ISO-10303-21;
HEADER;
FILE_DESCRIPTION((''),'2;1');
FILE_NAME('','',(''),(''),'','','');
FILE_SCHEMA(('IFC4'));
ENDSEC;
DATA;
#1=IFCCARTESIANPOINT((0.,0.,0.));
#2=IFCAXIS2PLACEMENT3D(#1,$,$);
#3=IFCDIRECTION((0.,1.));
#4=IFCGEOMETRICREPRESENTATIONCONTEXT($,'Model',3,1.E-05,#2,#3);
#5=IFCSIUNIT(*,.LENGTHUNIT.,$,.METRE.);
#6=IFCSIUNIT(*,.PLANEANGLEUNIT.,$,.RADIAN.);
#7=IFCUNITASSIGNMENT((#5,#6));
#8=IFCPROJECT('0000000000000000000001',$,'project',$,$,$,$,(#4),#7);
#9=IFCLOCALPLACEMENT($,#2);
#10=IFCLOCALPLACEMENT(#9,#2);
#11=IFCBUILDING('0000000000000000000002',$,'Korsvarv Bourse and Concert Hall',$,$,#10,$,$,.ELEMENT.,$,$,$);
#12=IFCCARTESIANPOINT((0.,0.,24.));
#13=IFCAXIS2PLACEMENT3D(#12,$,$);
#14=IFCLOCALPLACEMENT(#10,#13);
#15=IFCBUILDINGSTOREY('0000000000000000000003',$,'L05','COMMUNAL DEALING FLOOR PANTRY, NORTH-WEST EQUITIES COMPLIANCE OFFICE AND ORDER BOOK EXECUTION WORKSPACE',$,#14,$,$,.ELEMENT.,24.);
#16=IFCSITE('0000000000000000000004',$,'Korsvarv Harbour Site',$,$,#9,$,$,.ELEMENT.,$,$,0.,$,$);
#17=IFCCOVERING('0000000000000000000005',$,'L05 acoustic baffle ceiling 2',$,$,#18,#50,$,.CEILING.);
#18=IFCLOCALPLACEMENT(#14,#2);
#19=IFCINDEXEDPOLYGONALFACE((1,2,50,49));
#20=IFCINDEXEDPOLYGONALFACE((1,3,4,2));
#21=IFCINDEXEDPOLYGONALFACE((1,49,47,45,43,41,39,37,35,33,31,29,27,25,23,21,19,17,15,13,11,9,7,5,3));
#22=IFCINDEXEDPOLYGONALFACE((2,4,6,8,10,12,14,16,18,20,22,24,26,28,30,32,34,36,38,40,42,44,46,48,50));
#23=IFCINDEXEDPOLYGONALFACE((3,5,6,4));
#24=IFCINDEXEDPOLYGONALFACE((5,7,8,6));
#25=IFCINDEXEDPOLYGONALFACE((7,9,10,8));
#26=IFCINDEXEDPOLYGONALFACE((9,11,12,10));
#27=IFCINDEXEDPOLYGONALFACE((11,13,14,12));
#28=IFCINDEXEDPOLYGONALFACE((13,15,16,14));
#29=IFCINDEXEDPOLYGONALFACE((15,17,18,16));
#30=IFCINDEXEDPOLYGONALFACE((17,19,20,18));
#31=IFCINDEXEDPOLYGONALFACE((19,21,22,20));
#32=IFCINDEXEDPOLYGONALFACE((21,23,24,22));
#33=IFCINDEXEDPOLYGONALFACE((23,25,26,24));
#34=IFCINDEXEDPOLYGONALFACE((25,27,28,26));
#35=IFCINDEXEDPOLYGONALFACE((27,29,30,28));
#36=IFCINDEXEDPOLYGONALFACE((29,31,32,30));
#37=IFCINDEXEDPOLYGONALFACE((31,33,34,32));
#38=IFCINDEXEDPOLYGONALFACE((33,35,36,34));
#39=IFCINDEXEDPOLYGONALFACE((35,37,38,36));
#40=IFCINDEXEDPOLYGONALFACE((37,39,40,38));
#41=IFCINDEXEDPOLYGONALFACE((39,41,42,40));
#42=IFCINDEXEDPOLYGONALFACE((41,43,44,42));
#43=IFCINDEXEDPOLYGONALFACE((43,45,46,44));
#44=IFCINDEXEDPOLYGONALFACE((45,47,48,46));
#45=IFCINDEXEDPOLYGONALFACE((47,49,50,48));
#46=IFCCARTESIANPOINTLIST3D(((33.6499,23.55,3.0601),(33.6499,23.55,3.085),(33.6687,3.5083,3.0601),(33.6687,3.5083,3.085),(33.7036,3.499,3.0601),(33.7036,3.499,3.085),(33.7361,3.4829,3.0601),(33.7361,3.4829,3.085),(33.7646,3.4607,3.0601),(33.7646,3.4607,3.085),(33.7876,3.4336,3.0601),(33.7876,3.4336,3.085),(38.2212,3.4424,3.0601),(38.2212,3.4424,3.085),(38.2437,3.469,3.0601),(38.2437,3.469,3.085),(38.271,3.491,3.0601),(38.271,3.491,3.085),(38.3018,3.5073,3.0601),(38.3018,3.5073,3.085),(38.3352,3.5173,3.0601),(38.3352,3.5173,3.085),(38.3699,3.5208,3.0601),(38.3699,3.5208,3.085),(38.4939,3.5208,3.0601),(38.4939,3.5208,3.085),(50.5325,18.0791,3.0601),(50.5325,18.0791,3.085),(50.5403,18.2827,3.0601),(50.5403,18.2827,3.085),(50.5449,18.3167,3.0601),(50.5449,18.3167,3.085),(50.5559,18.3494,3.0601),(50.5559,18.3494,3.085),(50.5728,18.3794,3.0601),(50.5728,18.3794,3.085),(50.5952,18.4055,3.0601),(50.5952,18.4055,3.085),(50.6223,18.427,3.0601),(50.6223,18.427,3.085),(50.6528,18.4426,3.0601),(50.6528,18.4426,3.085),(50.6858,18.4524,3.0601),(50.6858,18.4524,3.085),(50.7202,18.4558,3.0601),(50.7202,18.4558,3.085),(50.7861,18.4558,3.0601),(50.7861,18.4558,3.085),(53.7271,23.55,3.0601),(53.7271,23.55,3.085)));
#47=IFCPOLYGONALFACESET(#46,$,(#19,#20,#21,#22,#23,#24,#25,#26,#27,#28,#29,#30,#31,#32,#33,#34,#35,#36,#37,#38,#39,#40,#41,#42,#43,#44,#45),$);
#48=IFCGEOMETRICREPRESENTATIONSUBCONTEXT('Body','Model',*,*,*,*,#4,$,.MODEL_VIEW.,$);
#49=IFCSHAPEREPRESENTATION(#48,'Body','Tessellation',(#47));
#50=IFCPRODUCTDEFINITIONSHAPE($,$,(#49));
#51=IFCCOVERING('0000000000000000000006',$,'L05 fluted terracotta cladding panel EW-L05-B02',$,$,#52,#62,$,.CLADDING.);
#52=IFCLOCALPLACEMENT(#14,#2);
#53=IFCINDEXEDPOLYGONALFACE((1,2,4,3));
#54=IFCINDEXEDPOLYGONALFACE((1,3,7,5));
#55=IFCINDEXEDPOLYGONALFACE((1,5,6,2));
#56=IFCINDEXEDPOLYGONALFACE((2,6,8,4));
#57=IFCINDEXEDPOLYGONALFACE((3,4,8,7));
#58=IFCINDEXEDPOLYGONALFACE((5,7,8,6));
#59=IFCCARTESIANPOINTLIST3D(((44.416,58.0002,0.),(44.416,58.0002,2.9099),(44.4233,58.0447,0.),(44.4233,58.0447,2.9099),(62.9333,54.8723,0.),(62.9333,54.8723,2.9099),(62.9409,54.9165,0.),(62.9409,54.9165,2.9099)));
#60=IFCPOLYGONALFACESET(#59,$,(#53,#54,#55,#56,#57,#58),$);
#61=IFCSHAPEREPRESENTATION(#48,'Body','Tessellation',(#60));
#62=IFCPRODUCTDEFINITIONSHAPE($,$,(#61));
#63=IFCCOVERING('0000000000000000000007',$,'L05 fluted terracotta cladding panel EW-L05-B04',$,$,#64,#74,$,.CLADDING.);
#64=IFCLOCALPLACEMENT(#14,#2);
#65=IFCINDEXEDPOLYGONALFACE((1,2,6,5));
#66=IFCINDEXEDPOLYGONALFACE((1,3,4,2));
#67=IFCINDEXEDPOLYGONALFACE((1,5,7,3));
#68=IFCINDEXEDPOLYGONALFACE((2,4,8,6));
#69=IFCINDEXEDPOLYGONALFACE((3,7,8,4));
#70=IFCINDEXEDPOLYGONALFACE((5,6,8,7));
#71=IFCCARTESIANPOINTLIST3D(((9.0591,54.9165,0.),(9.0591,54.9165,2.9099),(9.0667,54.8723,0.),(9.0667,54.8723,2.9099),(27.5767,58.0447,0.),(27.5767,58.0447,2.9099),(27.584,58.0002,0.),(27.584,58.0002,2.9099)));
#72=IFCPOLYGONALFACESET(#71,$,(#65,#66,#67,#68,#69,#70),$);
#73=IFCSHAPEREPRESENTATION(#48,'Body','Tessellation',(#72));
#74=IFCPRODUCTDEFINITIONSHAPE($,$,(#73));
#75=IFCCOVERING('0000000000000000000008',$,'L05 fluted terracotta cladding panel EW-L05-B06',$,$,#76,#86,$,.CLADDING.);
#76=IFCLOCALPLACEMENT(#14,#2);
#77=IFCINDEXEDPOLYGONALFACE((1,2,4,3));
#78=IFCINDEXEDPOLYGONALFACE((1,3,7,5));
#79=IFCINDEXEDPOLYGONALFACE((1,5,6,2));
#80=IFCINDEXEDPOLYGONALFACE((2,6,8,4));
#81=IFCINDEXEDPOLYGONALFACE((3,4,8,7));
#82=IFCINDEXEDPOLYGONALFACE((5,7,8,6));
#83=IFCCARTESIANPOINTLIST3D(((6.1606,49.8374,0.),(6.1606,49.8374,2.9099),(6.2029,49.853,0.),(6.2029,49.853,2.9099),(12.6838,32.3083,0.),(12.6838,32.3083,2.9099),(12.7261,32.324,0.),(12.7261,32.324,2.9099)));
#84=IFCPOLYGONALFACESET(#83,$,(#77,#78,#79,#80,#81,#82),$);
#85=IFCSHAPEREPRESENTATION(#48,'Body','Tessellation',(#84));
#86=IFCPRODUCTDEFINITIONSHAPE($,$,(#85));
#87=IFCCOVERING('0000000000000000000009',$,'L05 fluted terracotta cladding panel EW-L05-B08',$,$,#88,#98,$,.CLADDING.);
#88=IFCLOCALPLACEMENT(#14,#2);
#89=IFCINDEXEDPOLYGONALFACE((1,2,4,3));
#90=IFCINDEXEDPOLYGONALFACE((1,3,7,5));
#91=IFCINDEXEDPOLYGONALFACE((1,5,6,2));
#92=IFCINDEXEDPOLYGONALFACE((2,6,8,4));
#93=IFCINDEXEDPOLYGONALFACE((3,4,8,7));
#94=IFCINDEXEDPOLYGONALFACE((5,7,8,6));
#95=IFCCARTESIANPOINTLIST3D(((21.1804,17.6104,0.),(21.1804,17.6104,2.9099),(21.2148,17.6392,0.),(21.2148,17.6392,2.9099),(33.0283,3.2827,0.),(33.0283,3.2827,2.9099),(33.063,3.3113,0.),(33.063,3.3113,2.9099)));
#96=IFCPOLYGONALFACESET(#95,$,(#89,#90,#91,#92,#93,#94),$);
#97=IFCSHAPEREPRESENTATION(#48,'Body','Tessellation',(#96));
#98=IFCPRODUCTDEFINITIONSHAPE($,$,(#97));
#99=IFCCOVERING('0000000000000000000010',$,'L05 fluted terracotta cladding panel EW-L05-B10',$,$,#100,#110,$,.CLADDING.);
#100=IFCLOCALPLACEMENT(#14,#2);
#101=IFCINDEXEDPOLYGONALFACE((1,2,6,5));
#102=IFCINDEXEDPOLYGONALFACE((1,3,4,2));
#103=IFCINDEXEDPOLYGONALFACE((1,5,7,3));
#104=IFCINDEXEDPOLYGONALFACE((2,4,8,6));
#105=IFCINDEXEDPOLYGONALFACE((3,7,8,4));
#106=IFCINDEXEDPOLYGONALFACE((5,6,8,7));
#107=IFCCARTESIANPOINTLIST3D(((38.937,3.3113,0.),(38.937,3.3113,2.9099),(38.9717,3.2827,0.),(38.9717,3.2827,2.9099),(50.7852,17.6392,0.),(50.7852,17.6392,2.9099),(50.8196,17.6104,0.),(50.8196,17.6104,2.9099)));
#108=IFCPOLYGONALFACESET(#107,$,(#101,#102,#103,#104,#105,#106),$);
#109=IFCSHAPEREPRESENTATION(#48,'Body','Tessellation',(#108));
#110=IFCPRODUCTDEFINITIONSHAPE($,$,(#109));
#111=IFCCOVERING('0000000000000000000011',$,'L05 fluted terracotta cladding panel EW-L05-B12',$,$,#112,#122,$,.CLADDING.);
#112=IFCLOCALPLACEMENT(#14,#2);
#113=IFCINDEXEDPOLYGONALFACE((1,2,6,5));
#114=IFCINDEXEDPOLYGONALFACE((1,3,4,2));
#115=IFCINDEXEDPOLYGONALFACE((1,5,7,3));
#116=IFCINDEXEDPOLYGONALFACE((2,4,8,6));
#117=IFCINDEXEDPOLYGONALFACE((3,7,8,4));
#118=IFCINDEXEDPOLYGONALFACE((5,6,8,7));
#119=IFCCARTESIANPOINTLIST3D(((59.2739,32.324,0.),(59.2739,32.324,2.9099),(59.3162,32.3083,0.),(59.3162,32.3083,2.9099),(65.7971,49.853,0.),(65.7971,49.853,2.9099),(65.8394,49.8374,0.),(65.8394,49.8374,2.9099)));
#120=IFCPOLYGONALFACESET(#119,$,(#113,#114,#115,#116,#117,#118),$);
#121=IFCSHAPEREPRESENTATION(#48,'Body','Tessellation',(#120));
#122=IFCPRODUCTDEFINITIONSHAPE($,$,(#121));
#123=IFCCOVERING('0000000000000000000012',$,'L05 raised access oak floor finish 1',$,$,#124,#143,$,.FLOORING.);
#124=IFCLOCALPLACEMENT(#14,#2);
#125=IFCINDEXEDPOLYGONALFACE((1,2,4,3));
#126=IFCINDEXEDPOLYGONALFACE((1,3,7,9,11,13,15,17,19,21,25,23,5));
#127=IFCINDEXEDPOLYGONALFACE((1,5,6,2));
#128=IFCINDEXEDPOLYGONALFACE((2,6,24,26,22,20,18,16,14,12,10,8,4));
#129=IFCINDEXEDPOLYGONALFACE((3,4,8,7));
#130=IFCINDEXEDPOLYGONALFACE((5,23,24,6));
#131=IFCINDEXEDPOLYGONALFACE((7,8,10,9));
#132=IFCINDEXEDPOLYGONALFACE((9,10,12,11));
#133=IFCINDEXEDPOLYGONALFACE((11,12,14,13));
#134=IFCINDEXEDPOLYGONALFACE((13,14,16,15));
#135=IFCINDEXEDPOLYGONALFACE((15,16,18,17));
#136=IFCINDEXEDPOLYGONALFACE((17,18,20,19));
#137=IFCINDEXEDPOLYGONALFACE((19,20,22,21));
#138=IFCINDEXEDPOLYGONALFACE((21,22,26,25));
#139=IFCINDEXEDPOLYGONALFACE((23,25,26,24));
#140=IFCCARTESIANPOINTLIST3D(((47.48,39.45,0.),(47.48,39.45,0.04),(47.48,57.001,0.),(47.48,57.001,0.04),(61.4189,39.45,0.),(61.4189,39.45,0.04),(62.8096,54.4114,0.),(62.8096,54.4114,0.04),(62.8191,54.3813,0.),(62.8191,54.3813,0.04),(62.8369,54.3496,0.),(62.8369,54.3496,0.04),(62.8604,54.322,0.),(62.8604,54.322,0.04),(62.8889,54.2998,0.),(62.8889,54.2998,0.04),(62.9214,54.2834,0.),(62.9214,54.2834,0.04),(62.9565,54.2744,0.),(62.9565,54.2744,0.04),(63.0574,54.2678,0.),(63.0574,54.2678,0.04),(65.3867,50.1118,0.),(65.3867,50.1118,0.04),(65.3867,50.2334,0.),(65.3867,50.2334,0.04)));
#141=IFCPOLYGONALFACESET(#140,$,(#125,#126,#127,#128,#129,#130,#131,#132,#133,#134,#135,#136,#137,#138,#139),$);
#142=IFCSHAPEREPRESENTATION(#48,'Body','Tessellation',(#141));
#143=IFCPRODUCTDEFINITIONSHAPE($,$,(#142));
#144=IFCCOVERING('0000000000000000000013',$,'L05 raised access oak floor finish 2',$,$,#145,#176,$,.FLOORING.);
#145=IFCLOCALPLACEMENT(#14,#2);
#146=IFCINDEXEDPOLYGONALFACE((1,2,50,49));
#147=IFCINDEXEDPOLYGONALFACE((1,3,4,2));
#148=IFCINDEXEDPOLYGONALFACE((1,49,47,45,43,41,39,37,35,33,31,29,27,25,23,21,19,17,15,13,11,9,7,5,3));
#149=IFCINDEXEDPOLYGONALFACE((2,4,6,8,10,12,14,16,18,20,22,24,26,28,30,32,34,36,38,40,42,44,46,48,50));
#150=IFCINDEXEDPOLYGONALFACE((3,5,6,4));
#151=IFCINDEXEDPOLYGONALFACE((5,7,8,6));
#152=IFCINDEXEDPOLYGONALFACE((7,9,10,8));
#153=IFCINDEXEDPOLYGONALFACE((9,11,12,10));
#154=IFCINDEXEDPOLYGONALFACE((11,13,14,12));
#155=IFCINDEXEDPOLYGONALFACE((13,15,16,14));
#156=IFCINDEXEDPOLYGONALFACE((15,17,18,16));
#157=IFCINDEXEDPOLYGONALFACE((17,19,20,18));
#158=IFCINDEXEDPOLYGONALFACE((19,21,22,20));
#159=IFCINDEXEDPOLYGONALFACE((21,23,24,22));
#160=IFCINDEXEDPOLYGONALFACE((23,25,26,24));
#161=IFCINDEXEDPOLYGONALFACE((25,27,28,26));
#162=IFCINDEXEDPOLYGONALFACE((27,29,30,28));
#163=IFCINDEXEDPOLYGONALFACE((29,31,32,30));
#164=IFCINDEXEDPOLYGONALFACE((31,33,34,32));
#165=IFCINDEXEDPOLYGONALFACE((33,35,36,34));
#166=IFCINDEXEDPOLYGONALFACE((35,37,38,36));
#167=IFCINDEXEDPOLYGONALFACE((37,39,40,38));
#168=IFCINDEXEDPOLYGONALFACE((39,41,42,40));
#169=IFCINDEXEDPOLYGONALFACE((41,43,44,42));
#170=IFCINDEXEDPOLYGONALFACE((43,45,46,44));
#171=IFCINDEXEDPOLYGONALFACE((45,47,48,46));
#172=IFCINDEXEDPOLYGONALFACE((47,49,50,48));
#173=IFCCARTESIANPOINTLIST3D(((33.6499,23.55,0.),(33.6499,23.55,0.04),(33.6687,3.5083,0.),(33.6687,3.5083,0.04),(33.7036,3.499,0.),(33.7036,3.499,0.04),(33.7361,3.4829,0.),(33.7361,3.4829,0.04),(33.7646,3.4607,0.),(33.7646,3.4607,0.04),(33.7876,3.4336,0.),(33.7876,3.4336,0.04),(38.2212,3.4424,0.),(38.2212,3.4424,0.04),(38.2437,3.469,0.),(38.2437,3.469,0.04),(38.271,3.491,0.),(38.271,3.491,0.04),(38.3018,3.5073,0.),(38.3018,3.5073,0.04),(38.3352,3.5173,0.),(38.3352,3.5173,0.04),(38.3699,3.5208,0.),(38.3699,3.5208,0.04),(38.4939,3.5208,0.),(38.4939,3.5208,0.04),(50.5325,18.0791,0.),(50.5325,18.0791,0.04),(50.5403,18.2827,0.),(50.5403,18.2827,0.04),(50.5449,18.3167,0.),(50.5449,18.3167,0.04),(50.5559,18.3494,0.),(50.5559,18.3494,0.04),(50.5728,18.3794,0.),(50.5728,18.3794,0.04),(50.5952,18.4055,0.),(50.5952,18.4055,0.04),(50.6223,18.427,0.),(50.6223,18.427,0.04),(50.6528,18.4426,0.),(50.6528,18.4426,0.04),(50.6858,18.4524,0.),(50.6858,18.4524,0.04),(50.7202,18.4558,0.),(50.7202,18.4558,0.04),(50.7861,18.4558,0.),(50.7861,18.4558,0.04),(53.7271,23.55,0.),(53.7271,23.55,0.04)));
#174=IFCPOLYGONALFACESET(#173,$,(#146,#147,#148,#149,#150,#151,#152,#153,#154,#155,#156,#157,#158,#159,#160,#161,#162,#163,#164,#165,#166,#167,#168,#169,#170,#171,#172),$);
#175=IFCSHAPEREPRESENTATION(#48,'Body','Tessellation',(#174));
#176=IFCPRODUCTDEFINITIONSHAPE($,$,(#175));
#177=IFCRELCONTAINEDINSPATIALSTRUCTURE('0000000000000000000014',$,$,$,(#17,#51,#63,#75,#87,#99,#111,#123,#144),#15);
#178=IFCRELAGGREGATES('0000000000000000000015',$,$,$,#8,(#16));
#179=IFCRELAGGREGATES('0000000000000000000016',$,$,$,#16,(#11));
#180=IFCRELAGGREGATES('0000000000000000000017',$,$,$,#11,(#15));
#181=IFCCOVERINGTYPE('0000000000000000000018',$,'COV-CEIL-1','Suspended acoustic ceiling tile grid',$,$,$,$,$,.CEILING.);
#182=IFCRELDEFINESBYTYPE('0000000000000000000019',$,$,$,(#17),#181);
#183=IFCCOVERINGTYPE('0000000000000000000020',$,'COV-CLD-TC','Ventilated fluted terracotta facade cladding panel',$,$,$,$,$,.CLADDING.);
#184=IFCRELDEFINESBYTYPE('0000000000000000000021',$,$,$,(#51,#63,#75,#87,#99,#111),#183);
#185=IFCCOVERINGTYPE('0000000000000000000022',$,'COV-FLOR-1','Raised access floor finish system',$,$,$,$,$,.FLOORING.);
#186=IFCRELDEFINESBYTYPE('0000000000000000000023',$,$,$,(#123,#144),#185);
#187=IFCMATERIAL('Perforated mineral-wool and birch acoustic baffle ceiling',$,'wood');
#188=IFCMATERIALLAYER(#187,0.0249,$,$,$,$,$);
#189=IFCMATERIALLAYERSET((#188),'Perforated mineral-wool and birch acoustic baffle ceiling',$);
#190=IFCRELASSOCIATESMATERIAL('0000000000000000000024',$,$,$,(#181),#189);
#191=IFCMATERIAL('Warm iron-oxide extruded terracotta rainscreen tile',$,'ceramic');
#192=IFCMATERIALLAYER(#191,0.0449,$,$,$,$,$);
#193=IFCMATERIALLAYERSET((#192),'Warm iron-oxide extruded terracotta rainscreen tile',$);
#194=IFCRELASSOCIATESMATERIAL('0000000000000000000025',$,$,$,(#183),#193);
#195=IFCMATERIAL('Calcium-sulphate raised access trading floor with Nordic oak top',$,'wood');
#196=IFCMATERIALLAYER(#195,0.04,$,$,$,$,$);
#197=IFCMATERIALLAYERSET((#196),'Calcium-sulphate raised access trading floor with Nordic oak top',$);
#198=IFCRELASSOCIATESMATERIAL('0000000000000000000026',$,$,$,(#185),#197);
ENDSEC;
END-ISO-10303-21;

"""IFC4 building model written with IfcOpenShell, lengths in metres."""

from ifc_helpers import new_model, si_unit, direction, frame, origin, place, context, subcontext, project, spatial, polyline, outline, extrude, material, layer, layer_set, type_object, element, save


model = new_model("IFC4")

# Units and contexts
model_context = context("Model", 3, precision=1e-05, world=origin(), true_north=direction((0.0, 1.0)))
body_context = subcontext(model_context, "Body", "Model", "MODEL_VIEW")
ifc_project = project(units=[si_unit("LENGTHUNIT", "METRE"), si_unit("PLANEANGLEUNIT", "RADIAN")], contexts=[model_context])

# Site, building, storey
site_placement = place(None, origin())
site = spatial("IfcSite", under=ifc_project, at=site_placement, Name="Korsvarv Harbour Site", CompositionType="ELEMENT", RefElevation=0.0)
building_placement = place(site_placement, origin())
building = spatial("IfcBuilding", under=site, at=building_placement, Name="Korsvarv Bourse and Concert Hall", CompositionType="ELEMENT")
storey_placement = place(building_placement, frame((0.0, 0.0, 24.0)))
storey = spatial("IfcBuildingStorey", under=building, at=storey_placement, Name="L05", Description="COMMUNAL DEALING FLOOR PANTRY, NORTH-WEST EQUITIES COMPLIANCE OFFICE AND ORDER BOOK EXECUTION WORKSPACE", CompositionType="ELEMENT", Elevation=24.0)

# Coverings
ifc_material_1 = material(Name="Perforated mineral-wool and birch acoustic baffle ceiling", Category="wood")
ifc_layer_1 = layer(ifc_material_1, 0.0249)
ifc_layer_set_1 = layer_set([ifc_layer_1], Name="Perforated mineral-wool and birch acoustic baffle ceiling")
covering_type_1 = type_object("IfcCoveringType", Name="COV-CEIL-1", Description="Suspended acoustic ceiling tile grid", PredefinedType="CEILING", material=ifc_layer_set_1)
covering_1_placement = place(storey_placement, frame((0.0, 0.0, 3.0601)))
element("IfcCovering", 1, at=covering_1_placement, inside=storey, type_object=covering_type_1, Name="L05 acoustic baffle ceiling 2", PredefinedType="CEILING", context=body_context, shape_type="SweptSolid", body=[
    extrude(outline(polyline([(53.7271, 23.55), (50.7861, 18.4558), (50.7202, 18.4558), (50.6858, 18.4524), (50.6528, 18.4426), (50.6223, 18.427), (50.5952, 18.4055), (50.5728, 18.3794), (50.5559, 18.3494), (50.5449, 18.3167), (50.5403, 18.2827), (50.5325, 18.0791), (38.4939, 3.5208), (38.3699, 3.5208), (38.3352, 3.5173), (38.3018, 3.5073), (38.271, 3.491), (38.2437, 3.469), (38.2212, 3.4424), (33.7876, 3.4336), (33.7646, 3.4607), (33.7361, 3.4829), (33.7036, 3.499), (33.6687, 3.5083), (33.6499, 23.55), (53.7271, 23.55)])), origin(), (0.0, 0.0, 1.0), 0.0249),
])
ifc_material_2 = material(Name="Warm iron-oxide extruded terracotta rainscreen tile", Category="ceramic")
ifc_layer_2 = layer(ifc_material_2, 0.0449)
ifc_layer_set_2 = layer_set([ifc_layer_2], Name="Warm iron-oxide extruded terracotta rainscreen tile")
covering_type_2 = type_object("IfcCoveringType", Name="COV-CLD-TC", Description="Ventilated fluted terracotta facade cladding panel", PredefinedType="CLADDING", material=ifc_layer_set_2)
covering_2_placement = place(storey_placement, origin())
element("IfcCovering", 2, at=covering_2_placement, inside=storey, type_object=covering_type_2, Name="L05 fluted terracotta cladding panel EW-L05-B02", PredefinedType="CLADDING", context=body_context, shape_type="SweptSolid", body=[
    extrude(outline(polyline([(62.9333, 54.8723), (44.416, 58.0002), (44.4233, 58.0447), (62.9409, 54.9165), (62.9333, 54.8723)])), origin(), (0.0, 0.0, 1.0), 2.9099),
])
covering_3_placement = place(storey_placement, origin())
element("IfcCovering", 3, at=covering_3_placement, inside=storey, type_object=covering_type_2, Name="L05 fluted terracotta cladding panel EW-L05-B04", PredefinedType="CLADDING", context=body_context, shape_type="SweptSolid", body=[
    extrude(outline(polyline([(27.584, 58.0002), (9.0667, 54.8723), (9.0591, 54.9165), (27.5767, 58.0447), (27.584, 58.0002)])), origin(), (0.0, 0.0, 1.0), 2.9099),
])
covering_4_placement = place(storey_placement, origin())
element("IfcCovering", 4, at=covering_4_placement, inside=storey, type_object=covering_type_2, Name="L05 fluted terracotta cladding panel EW-L05-B06", PredefinedType="CLADDING", context=body_context, shape_type="SweptSolid", body=[
    extrude(outline(polyline([(6.2029, 49.853), (12.7261, 32.324), (12.6838, 32.3083), (6.1606, 49.8374), (6.2029, 49.853)])), origin(), (0.0, 0.0, 1.0), 2.9099),
])
covering_5_placement = place(storey_placement, origin())
element("IfcCovering", 5, at=covering_5_placement, inside=storey, type_object=covering_type_2, Name="L05 fluted terracotta cladding panel EW-L05-B08", PredefinedType="CLADDING", context=body_context, shape_type="SweptSolid", body=[
    extrude(outline(polyline([(21.2148, 17.6392), (33.063, 3.3113), (33.0283, 3.2827), (21.1804, 17.6104), (21.2148, 17.6392)])), origin(), (0.0, 0.0, 1.0), 2.9099),
])
covering_6_placement = place(storey_placement, origin())
element("IfcCovering", 6, at=covering_6_placement, inside=storey, type_object=covering_type_2, Name="L05 fluted terracotta cladding panel EW-L05-B10", PredefinedType="CLADDING", context=body_context, shape_type="SweptSolid", body=[
    extrude(outline(polyline([(38.937, 3.3113), (50.7852, 17.6392), (50.8196, 17.6104), (38.9717, 3.2827), (38.937, 3.3113)])), origin(), (0.0, 0.0, 1.0), 2.9099),
])
covering_7_placement = place(storey_placement, origin())
element("IfcCovering", 7, at=covering_7_placement, inside=storey, type_object=covering_type_2, Name="L05 fluted terracotta cladding panel EW-L05-B12", PredefinedType="CLADDING", context=body_context, shape_type="SweptSolid", body=[
    extrude(outline(polyline([(59.2739, 32.324), (65.7971, 49.853), (65.8394, 49.8374), (59.3162, 32.3083), (59.2739, 32.324)])), origin(), (0.0, 0.0, 1.0), 2.9099),
])
ifc_material_3 = material(Name="Calcium-sulphate raised access trading floor with Nordic oak top", Category="wood")
ifc_layer_3 = layer(ifc_material_3, 0.04)
ifc_layer_set_3 = layer_set([ifc_layer_3], Name="Calcium-sulphate raised access trading floor with Nordic oak top")
covering_type_3 = type_object("IfcCoveringType", Name="COV-FLOR-1", Description="Raised access floor finish system", PredefinedType="FLOORING", material=ifc_layer_set_3)
covering_8_placement = place(storey_placement, origin())
element("IfcCovering", 8, at=covering_8_placement, inside=storey, type_object=covering_type_3, Name="L05 raised access oak floor finish 1", PredefinedType="FLOORING", context=body_context, shape_type="SweptSolid", body=[
    extrude(outline(polyline([(47.48, 57.001), (62.8096, 54.4114), (62.8191, 54.3813), (62.8369, 54.3496), (62.8604, 54.322), (62.8889, 54.2998), (62.9214, 54.2834), (62.9565, 54.2744), (63.0574, 54.2678), (65.3867, 50.2334), (65.3867, 50.1118), (61.4189, 39.45), (47.48, 39.45), (47.48, 57.001)])), origin(), (0.0, 0.0, 1.0), 0.04),
])
covering_9_placement = place(storey_placement, origin())
element("IfcCovering", 9, at=covering_9_placement, inside=storey, type_object=covering_type_3, Name="L05 raised access oak floor finish 2", PredefinedType="FLOORING", context=body_context, shape_type="SweptSolid", body=[
    extrude(outline(polyline([(53.7271, 23.55), (50.7861, 18.4558), (50.7202, 18.4558), (50.6858, 18.4524), (50.6528, 18.4426), (50.6223, 18.427), (50.5952, 18.4055), (50.5728, 18.3794), (50.5559, 18.3494), (50.5449, 18.3167), (50.5403, 18.2827), (50.5325, 18.0791), (38.4939, 3.5208), (38.3699, 3.5208), (38.3352, 3.5173), (38.3018, 3.5073), (38.271, 3.491), (38.2437, 3.469), (38.2212, 3.4424), (33.7876, 3.4336), (33.7646, 3.4607), (33.7361, 3.4829), (33.7036, 3.499), (33.6687, 3.5083), (33.6499, 23.55), (53.7271, 23.55)])), origin(), (0.0, 0.0, 1.0), 0.04),
])

save(model, "model.ifc")
